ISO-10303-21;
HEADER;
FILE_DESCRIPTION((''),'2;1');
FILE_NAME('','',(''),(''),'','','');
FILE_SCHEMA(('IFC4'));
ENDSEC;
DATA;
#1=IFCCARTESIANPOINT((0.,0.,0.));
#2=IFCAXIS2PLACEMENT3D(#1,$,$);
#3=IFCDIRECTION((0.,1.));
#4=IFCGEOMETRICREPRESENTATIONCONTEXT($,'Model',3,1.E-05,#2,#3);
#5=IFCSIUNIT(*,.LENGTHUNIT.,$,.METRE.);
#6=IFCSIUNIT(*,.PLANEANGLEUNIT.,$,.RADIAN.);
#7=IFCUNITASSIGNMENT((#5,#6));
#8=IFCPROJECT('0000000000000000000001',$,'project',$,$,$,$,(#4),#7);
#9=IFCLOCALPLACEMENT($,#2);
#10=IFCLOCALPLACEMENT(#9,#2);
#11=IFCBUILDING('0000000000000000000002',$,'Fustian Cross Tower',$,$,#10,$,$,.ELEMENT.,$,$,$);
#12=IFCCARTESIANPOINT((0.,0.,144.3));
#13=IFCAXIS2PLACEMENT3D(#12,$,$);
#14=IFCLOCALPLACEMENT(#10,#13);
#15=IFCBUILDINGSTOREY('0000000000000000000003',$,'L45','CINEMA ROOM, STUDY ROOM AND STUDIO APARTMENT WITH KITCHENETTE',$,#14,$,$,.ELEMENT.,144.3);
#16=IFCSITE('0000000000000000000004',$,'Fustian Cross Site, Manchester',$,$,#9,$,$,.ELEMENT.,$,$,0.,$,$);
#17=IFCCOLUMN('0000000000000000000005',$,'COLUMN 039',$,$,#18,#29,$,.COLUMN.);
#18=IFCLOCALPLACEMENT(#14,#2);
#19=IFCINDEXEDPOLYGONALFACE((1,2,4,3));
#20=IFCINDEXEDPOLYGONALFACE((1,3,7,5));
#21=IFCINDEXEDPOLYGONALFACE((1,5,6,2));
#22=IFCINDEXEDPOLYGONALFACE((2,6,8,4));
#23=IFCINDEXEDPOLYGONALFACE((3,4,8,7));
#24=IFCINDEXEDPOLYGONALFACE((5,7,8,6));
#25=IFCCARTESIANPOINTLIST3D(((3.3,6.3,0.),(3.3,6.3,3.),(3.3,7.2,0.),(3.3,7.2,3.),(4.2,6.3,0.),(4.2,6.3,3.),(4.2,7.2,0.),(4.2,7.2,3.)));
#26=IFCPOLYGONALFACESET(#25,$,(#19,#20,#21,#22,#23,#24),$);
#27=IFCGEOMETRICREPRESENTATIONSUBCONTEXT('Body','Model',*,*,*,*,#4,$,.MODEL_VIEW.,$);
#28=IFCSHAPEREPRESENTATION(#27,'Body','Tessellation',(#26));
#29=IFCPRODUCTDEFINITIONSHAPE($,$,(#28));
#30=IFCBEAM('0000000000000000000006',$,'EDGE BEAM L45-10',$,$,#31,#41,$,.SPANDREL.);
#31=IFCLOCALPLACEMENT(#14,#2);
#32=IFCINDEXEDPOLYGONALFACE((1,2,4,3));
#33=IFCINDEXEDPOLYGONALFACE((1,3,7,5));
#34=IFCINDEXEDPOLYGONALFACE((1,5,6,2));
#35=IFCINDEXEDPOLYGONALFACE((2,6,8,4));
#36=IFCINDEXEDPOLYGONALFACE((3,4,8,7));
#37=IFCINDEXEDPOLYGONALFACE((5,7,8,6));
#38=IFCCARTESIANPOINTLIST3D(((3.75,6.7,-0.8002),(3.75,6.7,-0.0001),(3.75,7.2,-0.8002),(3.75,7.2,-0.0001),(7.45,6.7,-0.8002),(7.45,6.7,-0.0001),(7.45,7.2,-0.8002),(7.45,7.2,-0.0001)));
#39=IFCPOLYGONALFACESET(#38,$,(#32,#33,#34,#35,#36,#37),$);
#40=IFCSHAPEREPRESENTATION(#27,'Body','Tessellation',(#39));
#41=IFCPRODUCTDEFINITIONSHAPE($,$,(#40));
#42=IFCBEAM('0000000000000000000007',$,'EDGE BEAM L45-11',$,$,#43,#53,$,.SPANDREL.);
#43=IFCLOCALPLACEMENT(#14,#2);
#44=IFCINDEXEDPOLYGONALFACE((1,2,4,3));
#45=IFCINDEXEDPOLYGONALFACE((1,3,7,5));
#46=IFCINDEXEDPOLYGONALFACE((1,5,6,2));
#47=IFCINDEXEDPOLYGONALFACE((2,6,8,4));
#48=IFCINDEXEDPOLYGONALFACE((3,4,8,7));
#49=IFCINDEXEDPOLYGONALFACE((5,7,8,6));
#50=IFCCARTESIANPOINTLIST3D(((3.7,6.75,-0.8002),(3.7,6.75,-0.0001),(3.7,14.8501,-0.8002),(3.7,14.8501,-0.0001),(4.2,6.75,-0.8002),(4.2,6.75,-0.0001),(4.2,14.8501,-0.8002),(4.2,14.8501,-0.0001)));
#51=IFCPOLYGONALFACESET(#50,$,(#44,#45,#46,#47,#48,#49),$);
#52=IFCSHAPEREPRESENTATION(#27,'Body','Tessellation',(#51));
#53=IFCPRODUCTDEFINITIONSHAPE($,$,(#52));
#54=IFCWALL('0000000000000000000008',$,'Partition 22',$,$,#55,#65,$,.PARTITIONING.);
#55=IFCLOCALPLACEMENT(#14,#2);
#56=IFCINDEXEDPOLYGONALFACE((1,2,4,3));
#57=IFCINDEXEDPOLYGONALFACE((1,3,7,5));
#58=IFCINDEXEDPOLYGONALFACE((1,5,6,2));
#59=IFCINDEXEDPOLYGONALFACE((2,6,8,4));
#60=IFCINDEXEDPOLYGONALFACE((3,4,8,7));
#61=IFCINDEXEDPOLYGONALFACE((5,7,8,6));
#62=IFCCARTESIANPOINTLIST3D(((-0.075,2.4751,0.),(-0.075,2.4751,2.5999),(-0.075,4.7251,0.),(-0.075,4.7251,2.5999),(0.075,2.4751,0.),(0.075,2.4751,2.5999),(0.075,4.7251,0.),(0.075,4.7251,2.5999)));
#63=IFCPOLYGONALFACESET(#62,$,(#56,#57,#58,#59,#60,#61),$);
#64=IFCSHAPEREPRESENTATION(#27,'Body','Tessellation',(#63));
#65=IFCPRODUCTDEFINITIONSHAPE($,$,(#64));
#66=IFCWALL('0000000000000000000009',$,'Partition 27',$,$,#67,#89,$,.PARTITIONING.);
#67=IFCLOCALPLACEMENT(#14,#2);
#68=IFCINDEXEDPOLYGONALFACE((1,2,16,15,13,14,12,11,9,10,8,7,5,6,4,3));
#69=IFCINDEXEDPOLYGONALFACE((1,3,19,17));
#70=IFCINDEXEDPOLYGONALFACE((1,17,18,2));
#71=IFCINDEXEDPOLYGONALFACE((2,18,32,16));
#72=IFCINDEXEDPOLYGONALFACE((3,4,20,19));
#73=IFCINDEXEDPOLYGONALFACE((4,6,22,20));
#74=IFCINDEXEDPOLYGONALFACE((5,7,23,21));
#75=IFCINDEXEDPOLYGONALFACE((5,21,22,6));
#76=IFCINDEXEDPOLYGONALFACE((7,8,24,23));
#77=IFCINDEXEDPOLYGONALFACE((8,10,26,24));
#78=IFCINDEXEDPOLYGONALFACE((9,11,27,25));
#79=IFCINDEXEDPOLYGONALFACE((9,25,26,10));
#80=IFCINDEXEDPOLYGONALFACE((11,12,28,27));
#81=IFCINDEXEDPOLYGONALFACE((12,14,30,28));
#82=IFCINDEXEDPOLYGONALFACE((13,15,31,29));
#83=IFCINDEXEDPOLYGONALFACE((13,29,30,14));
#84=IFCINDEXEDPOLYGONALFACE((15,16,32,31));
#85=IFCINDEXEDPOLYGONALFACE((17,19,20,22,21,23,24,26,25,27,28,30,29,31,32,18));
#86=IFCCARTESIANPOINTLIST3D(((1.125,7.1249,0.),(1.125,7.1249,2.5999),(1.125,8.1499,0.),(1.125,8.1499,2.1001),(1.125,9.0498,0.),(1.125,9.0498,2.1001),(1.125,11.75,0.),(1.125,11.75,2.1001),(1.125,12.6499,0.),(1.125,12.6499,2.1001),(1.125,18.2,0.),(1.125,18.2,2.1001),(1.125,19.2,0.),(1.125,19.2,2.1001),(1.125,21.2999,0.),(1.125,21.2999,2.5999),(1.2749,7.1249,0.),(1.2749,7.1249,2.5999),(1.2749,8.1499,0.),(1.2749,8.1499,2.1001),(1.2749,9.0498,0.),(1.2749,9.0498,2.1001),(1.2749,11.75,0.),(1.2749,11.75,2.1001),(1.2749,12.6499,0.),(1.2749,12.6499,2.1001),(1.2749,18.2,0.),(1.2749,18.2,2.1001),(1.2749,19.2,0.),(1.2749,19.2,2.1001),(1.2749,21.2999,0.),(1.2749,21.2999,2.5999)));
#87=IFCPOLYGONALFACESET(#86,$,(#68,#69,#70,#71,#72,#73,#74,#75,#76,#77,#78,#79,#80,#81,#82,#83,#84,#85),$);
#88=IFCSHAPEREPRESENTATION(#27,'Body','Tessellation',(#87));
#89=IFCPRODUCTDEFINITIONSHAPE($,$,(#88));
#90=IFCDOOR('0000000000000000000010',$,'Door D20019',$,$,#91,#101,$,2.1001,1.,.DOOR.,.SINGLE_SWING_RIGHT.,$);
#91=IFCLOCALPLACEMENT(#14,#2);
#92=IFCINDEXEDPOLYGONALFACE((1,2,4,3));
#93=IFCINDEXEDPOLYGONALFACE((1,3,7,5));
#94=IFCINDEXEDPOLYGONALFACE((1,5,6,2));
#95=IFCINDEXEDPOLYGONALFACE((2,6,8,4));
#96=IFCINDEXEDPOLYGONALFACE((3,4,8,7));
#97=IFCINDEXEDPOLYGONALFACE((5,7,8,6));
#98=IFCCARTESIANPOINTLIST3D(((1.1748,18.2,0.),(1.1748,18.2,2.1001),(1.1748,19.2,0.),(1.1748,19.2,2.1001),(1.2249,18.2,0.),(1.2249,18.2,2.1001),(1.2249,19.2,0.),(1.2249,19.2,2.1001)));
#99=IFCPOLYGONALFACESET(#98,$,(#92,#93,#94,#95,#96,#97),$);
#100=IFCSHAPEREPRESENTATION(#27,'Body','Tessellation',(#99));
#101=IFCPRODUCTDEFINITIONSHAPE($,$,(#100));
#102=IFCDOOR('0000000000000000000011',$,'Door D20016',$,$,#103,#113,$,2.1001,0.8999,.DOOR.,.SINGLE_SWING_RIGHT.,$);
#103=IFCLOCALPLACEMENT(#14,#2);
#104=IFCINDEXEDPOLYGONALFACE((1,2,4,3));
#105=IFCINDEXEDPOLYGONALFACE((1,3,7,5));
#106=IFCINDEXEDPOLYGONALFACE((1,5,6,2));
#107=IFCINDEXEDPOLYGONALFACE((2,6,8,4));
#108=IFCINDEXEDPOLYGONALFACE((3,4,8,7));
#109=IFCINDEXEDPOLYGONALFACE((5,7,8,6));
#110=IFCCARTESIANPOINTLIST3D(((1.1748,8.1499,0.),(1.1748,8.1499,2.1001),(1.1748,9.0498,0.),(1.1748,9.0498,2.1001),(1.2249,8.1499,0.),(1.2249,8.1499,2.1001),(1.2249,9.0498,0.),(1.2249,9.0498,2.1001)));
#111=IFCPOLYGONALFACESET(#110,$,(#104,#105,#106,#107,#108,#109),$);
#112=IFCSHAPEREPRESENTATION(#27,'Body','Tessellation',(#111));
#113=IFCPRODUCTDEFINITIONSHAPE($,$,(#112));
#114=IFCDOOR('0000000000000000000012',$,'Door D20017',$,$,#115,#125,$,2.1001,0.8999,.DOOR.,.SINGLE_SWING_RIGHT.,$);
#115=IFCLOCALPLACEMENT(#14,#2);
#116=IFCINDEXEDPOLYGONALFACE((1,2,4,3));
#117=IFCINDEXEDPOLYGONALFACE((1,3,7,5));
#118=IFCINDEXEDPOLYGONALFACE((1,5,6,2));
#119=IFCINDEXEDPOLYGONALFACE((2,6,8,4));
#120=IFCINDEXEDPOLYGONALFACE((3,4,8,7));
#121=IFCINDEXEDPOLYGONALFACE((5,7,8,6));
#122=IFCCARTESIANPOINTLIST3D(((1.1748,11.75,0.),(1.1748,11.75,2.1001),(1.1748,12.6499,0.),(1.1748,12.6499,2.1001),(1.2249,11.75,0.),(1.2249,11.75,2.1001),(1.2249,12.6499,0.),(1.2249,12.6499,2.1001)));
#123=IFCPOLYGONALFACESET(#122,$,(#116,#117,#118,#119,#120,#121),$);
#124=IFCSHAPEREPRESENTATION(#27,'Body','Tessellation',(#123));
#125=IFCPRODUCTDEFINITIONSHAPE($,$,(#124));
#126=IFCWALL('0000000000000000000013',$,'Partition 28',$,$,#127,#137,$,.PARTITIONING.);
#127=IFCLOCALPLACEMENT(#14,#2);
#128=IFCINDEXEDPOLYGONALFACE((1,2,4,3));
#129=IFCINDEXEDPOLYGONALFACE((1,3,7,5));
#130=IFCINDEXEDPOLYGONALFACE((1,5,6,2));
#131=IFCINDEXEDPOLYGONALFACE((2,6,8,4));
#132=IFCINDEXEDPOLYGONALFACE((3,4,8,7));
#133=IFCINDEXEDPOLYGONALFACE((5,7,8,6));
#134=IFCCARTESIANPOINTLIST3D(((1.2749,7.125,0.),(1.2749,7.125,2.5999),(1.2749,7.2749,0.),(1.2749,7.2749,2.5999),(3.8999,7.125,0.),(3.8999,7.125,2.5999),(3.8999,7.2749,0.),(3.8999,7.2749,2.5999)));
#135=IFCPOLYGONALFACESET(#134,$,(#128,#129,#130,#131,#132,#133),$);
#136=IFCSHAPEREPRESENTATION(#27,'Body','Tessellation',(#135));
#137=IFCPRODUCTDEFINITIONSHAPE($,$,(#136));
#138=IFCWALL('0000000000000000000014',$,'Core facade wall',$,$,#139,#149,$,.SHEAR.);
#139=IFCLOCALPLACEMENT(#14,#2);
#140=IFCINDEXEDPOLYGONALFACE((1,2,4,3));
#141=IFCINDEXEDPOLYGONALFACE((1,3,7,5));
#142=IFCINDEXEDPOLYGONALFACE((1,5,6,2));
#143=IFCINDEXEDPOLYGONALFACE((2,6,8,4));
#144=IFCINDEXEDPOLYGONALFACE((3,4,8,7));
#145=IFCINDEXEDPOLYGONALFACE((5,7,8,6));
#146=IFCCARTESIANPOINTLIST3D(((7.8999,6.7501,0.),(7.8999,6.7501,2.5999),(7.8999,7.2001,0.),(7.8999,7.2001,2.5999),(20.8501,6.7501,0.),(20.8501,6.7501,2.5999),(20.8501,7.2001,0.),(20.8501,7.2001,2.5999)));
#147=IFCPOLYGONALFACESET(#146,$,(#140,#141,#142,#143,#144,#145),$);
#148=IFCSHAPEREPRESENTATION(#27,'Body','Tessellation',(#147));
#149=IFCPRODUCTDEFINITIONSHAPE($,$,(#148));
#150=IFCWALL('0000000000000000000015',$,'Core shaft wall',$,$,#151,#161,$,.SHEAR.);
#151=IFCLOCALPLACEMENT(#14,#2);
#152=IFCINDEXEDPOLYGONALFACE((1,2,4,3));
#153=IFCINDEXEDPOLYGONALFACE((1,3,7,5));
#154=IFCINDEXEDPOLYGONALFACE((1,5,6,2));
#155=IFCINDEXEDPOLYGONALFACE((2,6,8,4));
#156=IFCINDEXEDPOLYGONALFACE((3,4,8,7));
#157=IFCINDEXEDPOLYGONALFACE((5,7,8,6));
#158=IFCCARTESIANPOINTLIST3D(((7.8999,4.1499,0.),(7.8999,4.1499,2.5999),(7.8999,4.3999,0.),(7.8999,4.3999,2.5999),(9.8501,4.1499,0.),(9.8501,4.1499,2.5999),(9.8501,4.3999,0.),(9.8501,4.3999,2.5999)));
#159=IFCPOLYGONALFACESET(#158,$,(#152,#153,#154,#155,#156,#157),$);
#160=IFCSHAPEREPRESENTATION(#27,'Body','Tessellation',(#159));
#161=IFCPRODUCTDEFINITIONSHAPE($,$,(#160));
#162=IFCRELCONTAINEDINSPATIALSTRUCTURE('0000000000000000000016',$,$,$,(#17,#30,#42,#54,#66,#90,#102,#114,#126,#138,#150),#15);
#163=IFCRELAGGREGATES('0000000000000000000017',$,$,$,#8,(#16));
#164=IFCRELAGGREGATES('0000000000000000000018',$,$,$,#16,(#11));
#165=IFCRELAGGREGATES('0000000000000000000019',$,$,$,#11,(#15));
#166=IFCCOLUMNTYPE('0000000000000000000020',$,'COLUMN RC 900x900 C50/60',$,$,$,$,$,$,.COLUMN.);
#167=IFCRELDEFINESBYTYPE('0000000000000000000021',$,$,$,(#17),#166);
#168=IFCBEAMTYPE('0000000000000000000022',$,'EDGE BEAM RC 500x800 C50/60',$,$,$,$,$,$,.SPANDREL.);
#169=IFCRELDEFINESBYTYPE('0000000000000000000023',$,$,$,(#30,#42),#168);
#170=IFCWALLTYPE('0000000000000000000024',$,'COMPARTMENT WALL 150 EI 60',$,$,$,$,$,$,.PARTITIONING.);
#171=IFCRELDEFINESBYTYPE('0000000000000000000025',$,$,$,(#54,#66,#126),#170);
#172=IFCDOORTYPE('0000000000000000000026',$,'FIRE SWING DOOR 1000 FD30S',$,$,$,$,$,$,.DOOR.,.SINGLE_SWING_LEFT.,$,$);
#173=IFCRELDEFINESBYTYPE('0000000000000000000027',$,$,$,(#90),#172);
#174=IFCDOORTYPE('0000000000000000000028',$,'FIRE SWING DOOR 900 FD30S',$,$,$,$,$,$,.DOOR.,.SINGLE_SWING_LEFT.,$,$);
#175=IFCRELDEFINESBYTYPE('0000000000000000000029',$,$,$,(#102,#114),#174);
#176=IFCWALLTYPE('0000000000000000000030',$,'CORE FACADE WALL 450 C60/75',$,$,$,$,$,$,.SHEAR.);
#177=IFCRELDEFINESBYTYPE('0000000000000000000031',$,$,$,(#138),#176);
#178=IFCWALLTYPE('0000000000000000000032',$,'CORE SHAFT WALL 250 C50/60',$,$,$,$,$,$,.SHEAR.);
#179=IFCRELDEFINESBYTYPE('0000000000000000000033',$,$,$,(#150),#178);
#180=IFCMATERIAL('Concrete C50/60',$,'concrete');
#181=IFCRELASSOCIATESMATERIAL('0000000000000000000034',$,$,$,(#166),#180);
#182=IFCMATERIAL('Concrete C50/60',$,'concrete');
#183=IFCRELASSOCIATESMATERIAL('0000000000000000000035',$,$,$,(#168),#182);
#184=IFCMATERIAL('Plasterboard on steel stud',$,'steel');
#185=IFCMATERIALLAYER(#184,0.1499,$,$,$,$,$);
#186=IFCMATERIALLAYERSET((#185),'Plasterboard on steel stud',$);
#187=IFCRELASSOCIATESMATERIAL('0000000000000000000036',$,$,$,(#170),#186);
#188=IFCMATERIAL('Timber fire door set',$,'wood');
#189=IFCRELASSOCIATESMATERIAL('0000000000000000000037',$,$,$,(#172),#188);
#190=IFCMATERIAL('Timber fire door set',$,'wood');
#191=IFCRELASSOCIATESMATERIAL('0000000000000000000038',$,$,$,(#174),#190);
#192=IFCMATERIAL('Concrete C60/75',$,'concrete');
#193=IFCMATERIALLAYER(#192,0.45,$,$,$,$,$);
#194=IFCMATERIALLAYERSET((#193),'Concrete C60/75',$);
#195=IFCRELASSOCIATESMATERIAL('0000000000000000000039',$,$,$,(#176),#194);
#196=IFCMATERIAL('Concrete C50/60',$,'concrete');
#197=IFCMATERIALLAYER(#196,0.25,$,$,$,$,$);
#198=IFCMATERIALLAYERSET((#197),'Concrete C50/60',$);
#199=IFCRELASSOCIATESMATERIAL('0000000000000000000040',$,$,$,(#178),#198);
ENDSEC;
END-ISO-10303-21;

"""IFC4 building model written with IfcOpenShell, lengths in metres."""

from ifc_helpers import new_model, si_unit, direction, frame, frame_2d, origin, origin_2d, place, context, subcontext, project, spatial, rectangle, extrude, material, layer, layer_set, material_profile, profile_set, type_object, element, fill, save


model = new_model("IFC4")

# Units and contexts
model_context = context("Model", 3, precision=1e-05, world=origin(), true_north=direction((0.0, 1.0)))
body_context = subcontext(model_context, "Body", "Model", "MODEL_VIEW")
ifc_project = project(units=[si_unit("LENGTHUNIT", "METRE"), si_unit("PLANEANGLEUNIT", "RADIAN")], contexts=[model_context])

# Site, building, storey
site_placement = place(None, origin())
site = spatial("IfcSite", under=ifc_project, at=site_placement, Name="Fustian Cross Site, Manchester", CompositionType="ELEMENT", RefElevation=0.0)
building_placement = place(site_placement, origin())
building = spatial("IfcBuilding", under=site, at=building_placement, Name="Fustian Cross Tower", CompositionType="ELEMENT")
storey_placement = place(building_placement, frame((0.0, 0.0, 144.3)))
storey = spatial("IfcBuildingStorey", under=building, at=storey_placement, Name="L45", Description="CINEMA ROOM, STUDY ROOM AND STUDIO APARTMENT WITH KITCHENETTE", CompositionType="ELEMENT", Elevation=144.3)

# Column
ifc_material_1 = material(Name="Concrete C50/60", Category="concrete")
ifc_material_profile_1 = material_profile(ifc_material_1, rectangle(XDim=0.8999, YDim=0.8999, at=origin_2d()), Name="RC 900x900")
ifc_profile_set_1 = profile_set([ifc_material_profile_1], Name="Concrete C50/60")
column_type = type_object("IfcColumnType", Name="COLUMN RC 900x900 C50/60", PredefinedType="COLUMN", material=ifc_profile_set_1)
column_placement = place(storey_placement, frame((3.75, 6.75, 0.0), z_axis=(0.0, 0.0, 1.0), x_axis=(1.0, 0.0, 0.0)))
element("IfcColumn", 1, at=column_placement, inside=storey, type_object=column_type, Name="COLUMN 039", PredefinedType="COLUMN", context=body_context, shape_type="SweptSolid", body=[
    extrude(rectangle(XDim=0.8999, YDim=0.8999, at=origin_2d()), origin(), (0.0, 0.0, 1.0), 3.0),
])

# Beams
ifc_material_2 = material(Name="Concrete C50/60", Category="concrete")
ifc_material_profile_2 = material_profile(ifc_material_2, rectangle(XDim=0.5, YDim=0.8, at=origin_2d()), Name="RC 500x800")
ifc_profile_set_2 = profile_set([ifc_material_profile_2], Name="Concrete C50/60")
beam_type = type_object("IfcBeamType", Name="EDGE BEAM RC 500x800 C50/60", PredefinedType="SPANDREL", material=ifc_profile_set_2)
beam_1_placement = place(storey_placement, frame((7.45, 6.95, -0.4001), z_axis=(-1.0, 0.0, 0.0), x_axis=(0.0, -1.0, 0.0)))
element("IfcBeam", 2, at=beam_1_placement, inside=storey, type_object=beam_type, Name="EDGE BEAM L45-10", PredefinedType="SPANDREL", context=body_context, shape_type="SweptSolid", body=[
    extrude(rectangle(XDim=0.5, YDim=0.8, at=origin_2d()), origin(), (0.0, 0.0, 1.0), 3.7),
])
beam_2_placement = place(storey_placement, frame((3.95, 6.75, -0.4001), z_axis=(0.0, 1.0, 0.0), x_axis=(-1.0, 0.0, 0.0)))
element("IfcBeam", 3, at=beam_2_placement, inside=storey, type_object=beam_type, Name="EDGE BEAM L45-11", PredefinedType="SPANDREL", context=body_context, shape_type="SweptSolid", body=[
    extrude(rectangle(XDim=0.5, YDim=0.8, at=origin_2d()), origin(), (0.0, 0.0, 1.0), 8.1001),
])

# Wall
ifc_material_3 = material(Name="Plasterboard on steel stud", Category="steel")
ifc_layer_1 = layer(ifc_material_3, 0.1499)
ifc_layer_set_1 = layer_set([ifc_layer_1], Name="Plasterboard on steel stud")
wall_type_1 = type_object("IfcWallType", Name="COMPARTMENT WALL 150 EI 60", PredefinedType="PARTITIONING", material=ifc_layer_set_1)
wall_1_placement = place(storey_placement, frame((0.0, 2.4751, 0.0), z_axis=(0.0, 0.0, 1.0), x_axis=(0.0, 1.0, 0.0)))
element("IfcWall", 4, at=wall_1_placement, inside=storey, type_object=wall_type_1, Name="Partition 22", PredefinedType="PARTITIONING", context=body_context, shape_type="SweptSolid", body=[
    extrude(rectangle(XDim=2.25, YDim=0.1499, at=frame_2d((1.125, 0.0))), origin(), (0.0, 0.0, 1.0), 2.5999),
])

# Wall, openings, doors
wall_2_placement = place(storey_placement, frame((1.2, 7.125, 0.0), z_axis=(0.0, 0.0, 1.0), x_axis=(0.0, 1.0, 0.0)))
wall_2 = element("IfcWall", 5, at=wall_2_placement, inside=storey, type_object=wall_type_1, Name="Partition 27", PredefinedType="PARTITIONING", context=body_context, shape_type="SweptSolid", body=[
    extrude(rectangle(XDim=14.175, YDim=0.1499, at=frame_2d((7.0874, 0.0))), origin(), (0.0, 0.0, 1.0), 2.5999),
])
opening_1_placement = place(wall_2_placement, frame((1.0249, 0.0, 0.0)))
opening_1 = element("IfcOpeningElement", 6, at=opening_1_placement, cuts=wall_2, PredefinedType="OPENING", context=body_context, shape_type="SweptSolid", body=[
    extrude(rectangle(XDim=0.8999, YDim=2.1001, at=frame_2d((0.45, 1.05))), frame((0.0, 0.085, 0.0), z_axis=(0.0, -1.0, 0.0), x_axis=(1.0, 0.0, 0.0)), (0.0, 0.0, 1.0), 0.1699),
])
opening_2_placement = place(wall_2_placement, frame((4.625, 0.0, 0.0)))
opening_2 = element("IfcOpeningElement", 7, at=opening_2_placement, cuts=wall_2, PredefinedType="OPENING", context=body_context, shape_type="SweptSolid", body=[
    extrude(rectangle(XDim=0.8999, YDim=2.1001, at=frame_2d((0.45, 1.05))), frame((0.0, 0.085, 0.0), z_axis=(0.0, -1.0, 0.0), x_axis=(1.0, 0.0, 0.0)), (0.0, 0.0, 1.0), 0.1699),
])
opening_3_placement = place(wall_2_placement, frame((11.075, 0.0, 0.0)))
opening_3 = element("IfcOpeningElement", 8, at=opening_3_placement, cuts=wall_2, PredefinedType="OPENING", context=body_context, shape_type="SweptSolid", body=[
    extrude(rectangle(XDim=1.0, YDim=2.1001, at=frame_2d((0.5, 1.05))), frame((0.0, 0.085, 0.0), z_axis=(0.0, -1.0, 0.0), x_axis=(1.0, 0.0, 0.0)), (0.0, 0.0, 1.0), 0.1699),
])
ifc_material_4 = material(Name="Timber fire door set", Category="wood")
door_type_1 = type_object("IfcDoorType", Name="FIRE SWING DOOR 1000 FD30S", OperationType="SINGLE_SWING_LEFT", PredefinedType="DOOR", material=ifc_material_4)
door_1_placement = place(opening_3_placement, frame((1.0, 0.0, 0.0), z_axis=(0.0, 0.0, 1.0), x_axis=(-1.0, 0.0, 0.0)))
door_1 = element("IfcDoor", 9, at=door_1_placement, inside=storey, type_object=door_type_1, Name="Door D20019", OperationType="SINGLE_SWING_RIGHT", OverallHeight=2.1001, OverallWidth=1.0, PredefinedType="DOOR", context=body_context, shape_type="SweptSolid", body=[
    extrude(rectangle(XDim=1.0, YDim=2.1001, at=frame_2d((0.5, 1.05))), frame((0.0, 0.0249, 0.0), z_axis=(0.0, -1.0, 0.0), x_axis=(1.0, 0.0, 0.0)), (0.0, 0.0, 1.0), 0.05),
])
fill(opening_3, door_1)
ifc_material_5 = material(Name="Timber fire door set", Category="wood")
door_type_2 = type_object("IfcDoorType", Name="FIRE SWING DOOR 900 FD30S", OperationType="SINGLE_SWING_LEFT", PredefinedType="DOOR", material=ifc_material_5)
door_2_placement = place(opening_1_placement, frame((0.8999, 0.0, 0.0), z_axis=(0.0, 0.0, 1.0), x_axis=(-1.0, 0.0, 0.0)))
door_2 = element("IfcDoor", 10, at=door_2_placement, inside=storey, type_object=door_type_2, Name="Door D20016", OperationType="SINGLE_SWING_RIGHT", OverallHeight=2.1001, OverallWidth=0.8999, PredefinedType="DOOR", context=body_context, shape_type="SweptSolid", body=[
    extrude(rectangle(XDim=0.8999, YDim=2.1001, at=frame_2d((0.45, 1.05))), frame((0.0, 0.0249, 0.0), z_axis=(0.0, -1.0, 0.0), x_axis=(1.0, 0.0, 0.0)), (0.0, 0.0, 1.0), 0.05),
])
fill(opening_1, door_2)
door_3_placement = place(opening_2_placement, frame((0.8999, 0.0, 0.0), z_axis=(0.0, 0.0, 1.0), x_axis=(-1.0, 0.0, 0.0)))
door_3 = element("IfcDoor", 11, at=door_3_placement, inside=storey, type_object=door_type_2, Name="Door D20017", OperationType="SINGLE_SWING_RIGHT", OverallHeight=2.1001, OverallWidth=0.8999, PredefinedType="DOOR", context=body_context, shape_type="SweptSolid", body=[
    extrude(rectangle(XDim=0.8999, YDim=2.1001, at=frame_2d((0.45, 1.05))), frame((0.0, 0.0249, 0.0), z_axis=(0.0, -1.0, 0.0), x_axis=(1.0, 0.0, 0.0)), (0.0, 0.0, 1.0), 0.05),
])
fill(opening_2, door_3)

# Walls
wall_3_placement = place(storey_placement, frame((1.2749, 7.2, 0.0), z_axis=(0.0, 0.0, 1.0), x_axis=(1.0, 0.0, 0.0)))
element("IfcWall", 12, at=wall_3_placement, inside=storey, type_object=wall_type_1, Name="Partition 28", PredefinedType="PARTITIONING", context=body_context, shape_type="SweptSolid", body=[
    extrude(rectangle(XDim=2.625, YDim=0.1499, at=frame_2d((1.3125, 0.0))), origin(), (0.0, 0.0, 1.0), 2.5999),
])
ifc_material_6 = material(Name="Concrete C60/75", Category="concrete")
ifc_layer_2 = layer(ifc_material_6, 0.45)
ifc_layer_set_2 = layer_set([ifc_layer_2], Name="Concrete C60/75")
wall_type_2 = type_object("IfcWallType", Name="CORE FACADE WALL 450 C60/75", PredefinedType="SHEAR", material=ifc_layer_set_2)
wall_4_placement = place(storey_placement, frame((7.8999, 6.9751, 0.0), z_axis=(0.0, 0.0, 1.0), x_axis=(1.0, 0.0, 0.0)))
element("IfcWall", 13, at=wall_4_placement, inside=storey, type_object=wall_type_2, Name="Core facade wall", PredefinedType="SHEAR", context=body_context, shape_type="SweptSolid", body=[
    extrude(rectangle(XDim=12.9502, YDim=0.45, at=frame_2d((6.4751, 0.0))), origin(), (0.0, 0.0, 1.0), 2.5999),
])
ifc_material_7 = material(Name="Concrete C50/60", Category="concrete")
ifc_layer_3 = layer(ifc_material_7, 0.25)
ifc_layer_set_3 = layer_set([ifc_layer_3], Name="Concrete C50/60")
wall_type_3 = type_object("IfcWallType", Name="CORE SHAFT WALL 250 C50/60", PredefinedType="SHEAR", material=ifc_layer_set_3)
wall_5_placement = place(storey_placement, frame((7.8999, 4.2749, 0.0), z_axis=(0.0, 0.0, 1.0), x_axis=(1.0, 0.0, 0.0)))
element("IfcWall", 14, at=wall_5_placement, inside=storey, type_object=wall_type_3, Name="Core shaft wall", PredefinedType="SHEAR", context=body_context, shape_type="SweptSolid", body=[
    extrude(rectangle(XDim=1.9502, YDim=0.25, at=frame_2d((0.9751, 0.0))), origin(), (0.0, 0.0, 1.0), 2.5999),
])

save(model, "model.ifc")
